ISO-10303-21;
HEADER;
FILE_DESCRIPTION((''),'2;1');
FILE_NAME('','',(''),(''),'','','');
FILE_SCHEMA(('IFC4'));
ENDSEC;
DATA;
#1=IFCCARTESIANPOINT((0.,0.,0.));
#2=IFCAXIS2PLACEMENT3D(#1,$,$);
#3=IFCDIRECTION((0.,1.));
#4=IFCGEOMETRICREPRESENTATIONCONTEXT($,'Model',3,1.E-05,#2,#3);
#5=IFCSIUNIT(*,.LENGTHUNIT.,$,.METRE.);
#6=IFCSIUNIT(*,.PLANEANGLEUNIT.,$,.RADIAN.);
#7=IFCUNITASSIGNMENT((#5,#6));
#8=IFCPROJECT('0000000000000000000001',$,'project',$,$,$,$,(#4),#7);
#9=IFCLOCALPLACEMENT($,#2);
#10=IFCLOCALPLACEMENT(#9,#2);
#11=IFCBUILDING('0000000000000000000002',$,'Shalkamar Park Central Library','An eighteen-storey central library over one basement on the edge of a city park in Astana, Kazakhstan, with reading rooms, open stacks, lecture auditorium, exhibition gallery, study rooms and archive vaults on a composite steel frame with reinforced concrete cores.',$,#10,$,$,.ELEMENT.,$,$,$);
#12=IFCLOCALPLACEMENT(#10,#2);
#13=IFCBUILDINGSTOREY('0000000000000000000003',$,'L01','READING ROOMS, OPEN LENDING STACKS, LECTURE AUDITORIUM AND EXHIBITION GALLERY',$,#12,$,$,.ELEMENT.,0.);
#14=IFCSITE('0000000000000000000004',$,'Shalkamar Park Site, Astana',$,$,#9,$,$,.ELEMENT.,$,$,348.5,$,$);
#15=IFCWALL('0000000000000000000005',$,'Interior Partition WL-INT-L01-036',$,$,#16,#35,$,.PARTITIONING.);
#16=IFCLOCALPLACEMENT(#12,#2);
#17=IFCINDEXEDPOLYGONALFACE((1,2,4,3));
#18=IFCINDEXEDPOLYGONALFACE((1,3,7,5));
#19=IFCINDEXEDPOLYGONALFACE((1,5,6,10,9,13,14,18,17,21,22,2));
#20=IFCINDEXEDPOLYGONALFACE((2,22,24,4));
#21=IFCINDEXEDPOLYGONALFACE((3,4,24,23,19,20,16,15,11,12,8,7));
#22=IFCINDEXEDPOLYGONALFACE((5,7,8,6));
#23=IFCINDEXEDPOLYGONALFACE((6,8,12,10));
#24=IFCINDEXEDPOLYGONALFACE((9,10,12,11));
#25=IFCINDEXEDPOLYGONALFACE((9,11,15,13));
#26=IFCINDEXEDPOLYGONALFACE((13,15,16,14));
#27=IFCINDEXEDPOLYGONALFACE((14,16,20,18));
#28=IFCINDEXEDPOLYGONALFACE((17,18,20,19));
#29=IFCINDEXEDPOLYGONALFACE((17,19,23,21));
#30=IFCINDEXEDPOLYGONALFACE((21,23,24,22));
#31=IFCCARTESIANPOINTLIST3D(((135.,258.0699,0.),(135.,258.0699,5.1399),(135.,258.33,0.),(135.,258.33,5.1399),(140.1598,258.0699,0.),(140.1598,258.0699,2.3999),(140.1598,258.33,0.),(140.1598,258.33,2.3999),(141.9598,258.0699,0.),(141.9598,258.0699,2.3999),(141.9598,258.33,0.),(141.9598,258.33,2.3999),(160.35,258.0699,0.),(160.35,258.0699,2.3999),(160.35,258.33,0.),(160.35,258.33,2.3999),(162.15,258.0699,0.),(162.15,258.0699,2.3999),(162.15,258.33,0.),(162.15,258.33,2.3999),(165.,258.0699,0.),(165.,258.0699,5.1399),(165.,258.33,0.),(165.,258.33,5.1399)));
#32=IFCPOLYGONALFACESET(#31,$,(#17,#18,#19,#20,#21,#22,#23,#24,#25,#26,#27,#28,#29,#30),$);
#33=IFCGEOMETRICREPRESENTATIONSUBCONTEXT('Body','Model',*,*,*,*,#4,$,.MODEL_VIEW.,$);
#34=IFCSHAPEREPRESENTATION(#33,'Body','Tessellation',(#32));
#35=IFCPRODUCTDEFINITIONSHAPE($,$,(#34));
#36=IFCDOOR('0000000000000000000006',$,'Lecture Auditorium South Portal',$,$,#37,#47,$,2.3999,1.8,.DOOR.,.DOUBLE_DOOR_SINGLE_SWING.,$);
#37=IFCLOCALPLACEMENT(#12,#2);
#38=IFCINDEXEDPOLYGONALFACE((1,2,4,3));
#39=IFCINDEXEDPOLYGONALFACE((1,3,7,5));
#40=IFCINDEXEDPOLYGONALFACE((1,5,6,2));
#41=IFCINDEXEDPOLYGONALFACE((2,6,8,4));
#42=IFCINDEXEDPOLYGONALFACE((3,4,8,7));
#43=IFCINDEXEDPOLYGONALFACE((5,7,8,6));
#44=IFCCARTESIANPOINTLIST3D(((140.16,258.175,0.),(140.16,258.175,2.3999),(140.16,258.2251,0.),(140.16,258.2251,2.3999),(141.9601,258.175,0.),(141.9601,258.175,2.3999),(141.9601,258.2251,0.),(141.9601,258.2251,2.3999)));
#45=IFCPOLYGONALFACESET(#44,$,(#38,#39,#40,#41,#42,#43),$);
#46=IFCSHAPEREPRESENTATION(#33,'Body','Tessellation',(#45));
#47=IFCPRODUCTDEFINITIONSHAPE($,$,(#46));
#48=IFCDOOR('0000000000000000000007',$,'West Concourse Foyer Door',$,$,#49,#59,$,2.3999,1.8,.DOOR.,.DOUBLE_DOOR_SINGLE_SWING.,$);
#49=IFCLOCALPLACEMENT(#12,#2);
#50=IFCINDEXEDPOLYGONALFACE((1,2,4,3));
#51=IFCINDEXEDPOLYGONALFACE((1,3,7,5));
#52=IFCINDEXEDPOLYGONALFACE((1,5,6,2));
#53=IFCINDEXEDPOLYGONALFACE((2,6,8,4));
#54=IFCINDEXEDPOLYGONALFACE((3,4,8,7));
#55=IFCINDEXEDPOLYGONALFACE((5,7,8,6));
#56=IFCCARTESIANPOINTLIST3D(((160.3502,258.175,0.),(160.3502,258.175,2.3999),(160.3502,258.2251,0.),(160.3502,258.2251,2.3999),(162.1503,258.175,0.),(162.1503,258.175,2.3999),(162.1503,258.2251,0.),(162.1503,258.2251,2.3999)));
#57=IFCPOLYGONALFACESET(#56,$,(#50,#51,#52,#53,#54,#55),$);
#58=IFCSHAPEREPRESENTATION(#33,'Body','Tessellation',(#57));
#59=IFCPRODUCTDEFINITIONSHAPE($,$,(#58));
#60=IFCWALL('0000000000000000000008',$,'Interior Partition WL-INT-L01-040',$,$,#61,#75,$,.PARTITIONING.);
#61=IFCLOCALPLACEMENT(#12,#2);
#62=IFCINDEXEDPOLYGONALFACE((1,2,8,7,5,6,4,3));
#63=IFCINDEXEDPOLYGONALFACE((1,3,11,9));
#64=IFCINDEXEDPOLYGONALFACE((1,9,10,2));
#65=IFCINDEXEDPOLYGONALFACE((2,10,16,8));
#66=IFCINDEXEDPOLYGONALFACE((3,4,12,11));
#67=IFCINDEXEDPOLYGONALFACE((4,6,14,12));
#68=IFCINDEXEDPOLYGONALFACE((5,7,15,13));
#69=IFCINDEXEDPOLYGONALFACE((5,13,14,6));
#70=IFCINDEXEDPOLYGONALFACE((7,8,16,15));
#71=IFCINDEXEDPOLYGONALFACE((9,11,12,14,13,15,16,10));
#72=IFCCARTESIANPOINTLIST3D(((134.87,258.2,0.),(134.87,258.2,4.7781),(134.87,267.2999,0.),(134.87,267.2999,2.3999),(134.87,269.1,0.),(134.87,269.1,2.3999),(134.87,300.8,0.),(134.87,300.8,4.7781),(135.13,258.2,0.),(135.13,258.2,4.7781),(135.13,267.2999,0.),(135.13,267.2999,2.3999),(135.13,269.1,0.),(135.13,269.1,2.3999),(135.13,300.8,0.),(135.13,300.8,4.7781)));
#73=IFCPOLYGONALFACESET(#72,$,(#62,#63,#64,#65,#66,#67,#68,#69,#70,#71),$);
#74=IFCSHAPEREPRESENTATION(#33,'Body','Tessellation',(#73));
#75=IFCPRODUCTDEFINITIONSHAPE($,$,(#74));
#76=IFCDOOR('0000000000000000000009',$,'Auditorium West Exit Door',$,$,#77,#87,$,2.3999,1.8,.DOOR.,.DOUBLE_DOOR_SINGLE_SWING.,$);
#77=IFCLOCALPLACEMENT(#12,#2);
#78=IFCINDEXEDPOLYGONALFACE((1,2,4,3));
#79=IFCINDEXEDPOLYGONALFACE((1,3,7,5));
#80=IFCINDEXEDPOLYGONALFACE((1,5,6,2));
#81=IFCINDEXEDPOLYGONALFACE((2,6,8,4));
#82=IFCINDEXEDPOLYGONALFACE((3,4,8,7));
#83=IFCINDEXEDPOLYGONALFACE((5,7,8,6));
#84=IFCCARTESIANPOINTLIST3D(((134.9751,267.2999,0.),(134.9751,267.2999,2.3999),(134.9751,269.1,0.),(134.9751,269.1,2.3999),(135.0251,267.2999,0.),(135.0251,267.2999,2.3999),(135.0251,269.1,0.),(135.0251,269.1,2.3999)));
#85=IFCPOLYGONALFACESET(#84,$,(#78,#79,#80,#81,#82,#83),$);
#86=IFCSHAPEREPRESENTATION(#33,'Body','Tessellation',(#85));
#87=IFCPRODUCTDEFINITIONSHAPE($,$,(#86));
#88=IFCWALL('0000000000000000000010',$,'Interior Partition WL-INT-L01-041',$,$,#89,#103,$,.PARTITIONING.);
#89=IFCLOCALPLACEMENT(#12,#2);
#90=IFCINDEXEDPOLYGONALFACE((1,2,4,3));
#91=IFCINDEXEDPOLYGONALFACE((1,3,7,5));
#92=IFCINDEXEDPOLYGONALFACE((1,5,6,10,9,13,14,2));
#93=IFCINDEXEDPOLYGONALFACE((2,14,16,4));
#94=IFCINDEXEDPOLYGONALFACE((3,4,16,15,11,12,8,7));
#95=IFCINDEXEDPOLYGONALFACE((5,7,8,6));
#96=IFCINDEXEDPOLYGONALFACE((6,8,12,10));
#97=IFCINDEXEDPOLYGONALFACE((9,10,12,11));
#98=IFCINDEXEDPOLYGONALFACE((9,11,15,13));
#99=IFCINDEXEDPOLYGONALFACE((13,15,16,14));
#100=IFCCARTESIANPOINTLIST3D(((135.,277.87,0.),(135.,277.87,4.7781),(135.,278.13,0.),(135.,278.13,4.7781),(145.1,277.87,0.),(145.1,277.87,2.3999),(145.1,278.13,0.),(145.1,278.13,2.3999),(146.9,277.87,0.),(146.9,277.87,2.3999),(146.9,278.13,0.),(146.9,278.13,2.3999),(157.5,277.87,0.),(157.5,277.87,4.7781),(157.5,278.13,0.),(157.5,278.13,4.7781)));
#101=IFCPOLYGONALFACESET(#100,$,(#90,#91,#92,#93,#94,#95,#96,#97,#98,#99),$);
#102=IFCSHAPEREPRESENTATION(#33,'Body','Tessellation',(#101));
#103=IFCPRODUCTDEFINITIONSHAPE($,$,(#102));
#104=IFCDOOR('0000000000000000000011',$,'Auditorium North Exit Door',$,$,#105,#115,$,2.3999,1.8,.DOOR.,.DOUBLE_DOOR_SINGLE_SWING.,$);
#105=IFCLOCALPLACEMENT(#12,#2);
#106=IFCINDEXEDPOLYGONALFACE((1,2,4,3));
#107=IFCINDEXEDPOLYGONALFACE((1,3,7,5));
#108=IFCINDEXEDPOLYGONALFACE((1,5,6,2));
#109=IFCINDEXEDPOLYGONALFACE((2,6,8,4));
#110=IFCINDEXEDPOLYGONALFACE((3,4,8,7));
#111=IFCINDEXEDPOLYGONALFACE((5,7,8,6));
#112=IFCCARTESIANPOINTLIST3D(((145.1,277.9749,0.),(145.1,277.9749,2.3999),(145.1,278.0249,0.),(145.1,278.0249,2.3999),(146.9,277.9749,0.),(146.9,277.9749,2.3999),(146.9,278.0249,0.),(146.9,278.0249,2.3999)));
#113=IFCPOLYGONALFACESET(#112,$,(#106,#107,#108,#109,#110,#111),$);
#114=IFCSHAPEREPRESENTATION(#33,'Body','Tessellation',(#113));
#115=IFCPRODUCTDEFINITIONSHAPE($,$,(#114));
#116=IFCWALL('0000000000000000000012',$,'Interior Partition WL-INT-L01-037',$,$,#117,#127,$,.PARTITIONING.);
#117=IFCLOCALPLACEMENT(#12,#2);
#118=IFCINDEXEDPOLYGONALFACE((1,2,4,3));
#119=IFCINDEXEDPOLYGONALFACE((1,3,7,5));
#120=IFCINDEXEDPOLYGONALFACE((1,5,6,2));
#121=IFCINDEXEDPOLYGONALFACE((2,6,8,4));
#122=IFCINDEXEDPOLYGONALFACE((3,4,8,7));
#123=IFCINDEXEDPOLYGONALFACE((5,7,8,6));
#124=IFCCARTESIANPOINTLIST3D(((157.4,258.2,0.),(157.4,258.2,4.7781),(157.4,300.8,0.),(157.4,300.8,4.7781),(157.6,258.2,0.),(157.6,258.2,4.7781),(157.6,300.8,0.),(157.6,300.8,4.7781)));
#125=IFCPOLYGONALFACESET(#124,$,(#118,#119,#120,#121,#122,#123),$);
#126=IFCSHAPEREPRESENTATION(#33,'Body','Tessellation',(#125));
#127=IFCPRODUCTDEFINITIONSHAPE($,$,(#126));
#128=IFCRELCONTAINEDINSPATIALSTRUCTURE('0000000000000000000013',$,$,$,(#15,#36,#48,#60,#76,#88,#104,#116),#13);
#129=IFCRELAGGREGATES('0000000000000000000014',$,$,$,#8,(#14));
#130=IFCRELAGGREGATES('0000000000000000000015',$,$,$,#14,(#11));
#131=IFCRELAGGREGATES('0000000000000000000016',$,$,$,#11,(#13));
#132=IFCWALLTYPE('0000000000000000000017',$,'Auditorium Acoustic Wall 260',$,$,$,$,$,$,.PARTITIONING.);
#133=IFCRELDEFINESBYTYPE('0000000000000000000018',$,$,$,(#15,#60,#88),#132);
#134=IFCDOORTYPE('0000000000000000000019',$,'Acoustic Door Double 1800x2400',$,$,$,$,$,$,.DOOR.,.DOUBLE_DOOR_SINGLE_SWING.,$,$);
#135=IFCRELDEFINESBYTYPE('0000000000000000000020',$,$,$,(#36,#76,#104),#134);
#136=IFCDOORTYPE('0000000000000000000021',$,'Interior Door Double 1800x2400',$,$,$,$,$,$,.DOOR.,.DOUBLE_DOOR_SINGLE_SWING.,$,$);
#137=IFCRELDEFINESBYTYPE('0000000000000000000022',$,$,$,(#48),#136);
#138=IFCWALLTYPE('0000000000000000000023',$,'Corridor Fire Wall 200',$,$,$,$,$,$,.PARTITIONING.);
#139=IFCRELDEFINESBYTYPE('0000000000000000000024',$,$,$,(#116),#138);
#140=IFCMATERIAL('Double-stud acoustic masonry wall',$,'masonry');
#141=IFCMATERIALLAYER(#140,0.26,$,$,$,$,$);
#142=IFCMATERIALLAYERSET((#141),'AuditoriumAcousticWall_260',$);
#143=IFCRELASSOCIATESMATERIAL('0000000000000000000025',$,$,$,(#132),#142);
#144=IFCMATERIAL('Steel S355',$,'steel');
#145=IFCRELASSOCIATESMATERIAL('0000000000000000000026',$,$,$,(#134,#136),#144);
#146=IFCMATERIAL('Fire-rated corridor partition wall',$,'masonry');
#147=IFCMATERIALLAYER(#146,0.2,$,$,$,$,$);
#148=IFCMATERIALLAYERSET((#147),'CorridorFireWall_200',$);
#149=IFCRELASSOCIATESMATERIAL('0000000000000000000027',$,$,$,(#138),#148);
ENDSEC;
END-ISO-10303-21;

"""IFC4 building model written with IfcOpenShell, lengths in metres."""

from ifc_helpers import new_model, si_unit, direction, frame, frame_2d, origin, place, context, subcontext, project, spatial, rectangle, extrude, material, layer, layer_set, type_object, element, fill, save


model = new_model("IFC4")

# Units and contexts
model_context = context("Model", 3, precision=1e-05, world=origin(), true_north=direction((0.0, 1.0)))
body_context = subcontext(model_context, "Body", "Model", "MODEL_VIEW")
ifc_project = project(units=[si_unit("LENGTHUNIT", "METRE"), si_unit("PLANEANGLEUNIT", "RADIAN")], contexts=[model_context])

# Site, building, storey
site_placement = place(None, origin())
site = spatial("IfcSite", under=ifc_project, at=site_placement, Name="Shalkamar Park Site, Astana", CompositionType="ELEMENT", RefElevation=348.5)
building_placement = place(site_placement, origin())
building = spatial("IfcBuilding", under=site, at=building_placement, Name="Shalkamar Park Central Library", Description="An eighteen-storey central library over one basement on the edge of a city park in Astana, Kazakhstan, with reading rooms, open stacks, lecture auditorium, exhibition gallery, study rooms and archive vaults on a composite steel frame with reinforced concrete cores.", CompositionType="ELEMENT")
storey_placement = place(building_placement, origin())
storey = spatial("IfcBuildingStorey", under=building, at=storey_placement, Name="L01", Description="READING ROOMS, OPEN LENDING STACKS, LECTURE AUDITORIUM AND EXHIBITION GALLERY", CompositionType="ELEMENT", Elevation=0.0)

# Shared definitions
ifc_material_1 = material(Name="Steel S355", Category="steel")

# Wall, openings, doors
ifc_material_2 = material(Name="Double-stud acoustic masonry wall", Category="masonry")
ifc_layer_1 = layer(ifc_material_2, 0.26)
ifc_layer_set_1 = layer_set([ifc_layer_1], Name="AuditoriumAcousticWall_260")
wall_type_1 = type_object("IfcWallType", Name="Auditorium Acoustic Wall 260", PredefinedType="PARTITIONING", material=ifc_layer_set_1)
wall_1_placement = place(storey_placement, frame((135.0, 258.2, 0.0), z_axis=(0.0, 0.0, 1.0), x_axis=(1.0, 0.0, 0.0)))
wall_1 = element("IfcWall", 1, at=wall_1_placement, inside=storey, type_object=wall_type_1, Name="Interior Partition WL-INT-L01-036", PredefinedType="PARTITIONING", context=body_context, shape_type="SweptSolid", body=[
    extrude(rectangle(XDim=30.0, YDim=0.26, at=frame_2d((15.0, 0.0))), origin(), (0.0, 0.0, 1.0), 5.1399),
])
opening_1_placement = place(wall_1_placement, frame((5.1599, 0.0, 0.0)))
opening_1 = element("IfcOpeningElement", 2, at=opening_1_placement, cuts=wall_1, PredefinedType="OPENING", context=body_context, shape_type="SweptSolid", body=[
    extrude(rectangle(XDim=1.8, YDim=2.3999, at=frame_2d((0.8999, 1.2))), frame((0.0, 0.145, 0.0), z_axis=(0.0, -1.0, 0.0), x_axis=(1.0, 0.0, 0.0)), (0.0, 0.0, 1.0), 0.2898),
])
opening_2_placement = place(wall_1_placement, frame((25.3501, 0.0, 0.0)))
opening_2 = element("IfcOpeningElement", 3, at=opening_2_placement, cuts=wall_1, PredefinedType="OPENING", context=body_context, shape_type="SweptSolid", body=[
    extrude(rectangle(XDim=1.8, YDim=2.3999, at=frame_2d((0.8999, 1.2))), frame((0.0, 0.145, 0.0), z_axis=(0.0, -1.0, 0.0), x_axis=(1.0, 0.0, 0.0)), (0.0, 0.0, 1.0), 0.2898),
])
door_type_1 = type_object("IfcDoorType", Name="Acoustic Door Double 1800x2400", OperationType="DOUBLE_DOOR_SINGLE_SWING", PredefinedType="DOOR", material=ifc_material_1)
door_1_placement = place(opening_1_placement, frame((1.8, 0.0, 0.0), z_axis=(0.0, 0.0, 1.0), x_axis=(-1.0, 0.0, 0.0)))
door_1 = element("IfcDoor", 4, at=door_1_placement, inside=storey, type_object=door_type_1, Name="Lecture Auditorium South Portal", OperationType="DOUBLE_DOOR_SINGLE_SWING", OverallHeight=2.3999, OverallWidth=1.8, PredefinedType="DOOR", context=body_context, shape_type="SweptSolid", body=[
    extrude(rectangle(XDim=1.8, YDim=2.3999, at=frame_2d((0.8999, 1.2))), frame((0.0, 0.0249, 0.0), z_axis=(0.0, -1.0, 0.0), x_axis=(1.0, 0.0, 0.0)), (0.0, 0.0, 1.0), 0.05),
])
fill(opening_1, door_1)
door_type_2 = type_object("IfcDoorType", Name="Interior Door Double 1800x2400", OperationType="DOUBLE_DOOR_SINGLE_SWING", PredefinedType="DOOR", material=ifc_material_1)
door_2_placement = place(opening_2_placement, frame((1.8, 0.0, 0.0), z_axis=(0.0, 0.0, 1.0), x_axis=(-1.0, 0.0, 0.0)))
door_2 = element("IfcDoor", 5, at=door_2_placement, inside=storey, type_object=door_type_2, Name="West Concourse Foyer Door", OperationType="DOUBLE_DOOR_SINGLE_SWING", OverallHeight=2.3999, OverallWidth=1.8, PredefinedType="DOOR", context=body_context, shape_type="SweptSolid", body=[
    extrude(rectangle(XDim=1.8, YDim=2.3999, at=frame_2d((0.8999, 1.2))), frame((0.0, 0.0249, 0.0), z_axis=(0.0, -1.0, 0.0), x_axis=(1.0, 0.0, 0.0)), (0.0, 0.0, 1.0), 0.05),
])
fill(opening_2, door_2)

# Walls, openings, doors
wall_2_placement = place(storey_placement, frame((135.0, 258.2, 0.0), z_axis=(0.0, 0.0, 1.0), x_axis=(0.0, 1.0, 0.0)))
wall_2 = element("IfcWall", 6, at=wall_2_placement, inside=storey, type_object=wall_type_1, Name="Interior Partition WL-INT-L01-040", PredefinedType="PARTITIONING", context=body_context, shape_type="SweptSolid", body=[
    extrude(rectangle(XDim=42.6001, YDim=0.26, at=frame_2d((21.3, 0.0))), origin(), (0.0, 0.0, 1.0), 4.7781),
])
opening_3_placement = place(wall_2_placement, frame((9.1001, 0.0, 0.0)))
opening_3 = element("IfcOpeningElement", 7, at=opening_3_placement, cuts=wall_2, PredefinedType="OPENING", context=body_context, shape_type="SweptSolid", body=[
    extrude(rectangle(XDim=1.8, YDim=2.3999, at=frame_2d((0.8999, 1.2))), frame((0.0, 0.145, 0.0), z_axis=(0.0, -1.0, 0.0), x_axis=(1.0, 0.0, 0.0)), (0.0, 0.0, 1.0), 0.2898),
])
door_3_placement = place(opening_3_placement, origin())
door_3 = element("IfcDoor", 8, at=door_3_placement, inside=storey, type_object=door_type_1, Name="Auditorium West Exit Door", OperationType="DOUBLE_DOOR_SINGLE_SWING", OverallHeight=2.3999, OverallWidth=1.8, PredefinedType="DOOR", context=body_context, shape_type="SweptSolid", body=[
    extrude(rectangle(XDim=1.8, YDim=2.3999, at=frame_2d((0.8999, 1.2))), frame((0.0, 0.0249, 0.0), z_axis=(0.0, -1.0, 0.0), x_axis=(1.0, 0.0, 0.0)), (0.0, 0.0, 1.0), 0.05),
])
fill(opening_3, door_3)
wall_3_placement = place(storey_placement, frame((135.0, 278.0, 0.0), z_axis=(0.0, 0.0, 1.0), x_axis=(1.0, 0.0, 0.0)))
wall_3 = element("IfcWall", 9, at=wall_3_placement, inside=storey, type_object=wall_type_1, Name="Interior Partition WL-INT-L01-041", PredefinedType="PARTITIONING", context=body_context, shape_type="SweptSolid", body=[
    extrude(rectangle(XDim=22.5, YDim=0.26, at=frame_2d((11.25, 0.0))), origin(), (0.0, 0.0, 1.0), 4.7781),
])
opening_4_placement = place(wall_3_placement, frame((10.1001, 0.0, 0.0)))
opening_4 = element("IfcOpeningElement", 10, at=opening_4_placement, cuts=wall_3, PredefinedType="OPENING", context=body_context, shape_type="SweptSolid", body=[
    extrude(rectangle(XDim=1.8, YDim=2.3999, at=frame_2d((0.8999, 1.2))), frame((0.0, 0.145, 0.0), z_axis=(0.0, -1.0, 0.0), x_axis=(1.0, 0.0, 0.0)), (0.0, 0.0, 1.0), 0.2898),
])
door_4_placement = place(opening_4_placement, origin())
door_4 = element("IfcDoor", 11, at=door_4_placement, inside=storey, type_object=door_type_1, Name="Auditorium North Exit Door", OperationType="DOUBLE_DOOR_SINGLE_SWING", OverallHeight=2.3999, OverallWidth=1.8, PredefinedType="DOOR", context=body_context, shape_type="SweptSolid", body=[
    extrude(rectangle(XDim=1.8, YDim=2.3999, at=frame_2d((0.8999, 1.2))), frame((0.0, 0.0249, 0.0), z_axis=(0.0, -1.0, 0.0), x_axis=(1.0, 0.0, 0.0)), (0.0, 0.0, 1.0), 0.05),
])
fill(opening_4, door_4)

# Wall
ifc_material_3 = material(Name="Fire-rated corridor partition wall", Category="masonry")
ifc_layer_2 = layer(ifc_material_3, 0.2)
ifc_layer_set_2 = layer_set([ifc_layer_2], Name="CorridorFireWall_200")
wall_type_2 = type_object("IfcWallType", Name="Corridor Fire Wall 200", PredefinedType="PARTITIONING", material=ifc_layer_set_2)
wall_4_placement = place(storey_placement, frame((157.5, 258.2, 0.0), z_axis=(0.0, 0.0, 1.0), x_axis=(0.0, 1.0, 0.0)))
element("IfcWall", 12, at=wall_4_placement, inside=storey, type_object=wall_type_2, Name="Interior Partition WL-INT-L01-037", PredefinedType="PARTITIONING", context=body_context, shape_type="SweptSolid", body=[
    extrude(rectangle(XDim=42.6001, YDim=0.2, at=frame_2d((21.3, 0.0))), origin(), (0.0, 0.0, 1.0), 4.7781),
])

save(model, "model.ifc")
